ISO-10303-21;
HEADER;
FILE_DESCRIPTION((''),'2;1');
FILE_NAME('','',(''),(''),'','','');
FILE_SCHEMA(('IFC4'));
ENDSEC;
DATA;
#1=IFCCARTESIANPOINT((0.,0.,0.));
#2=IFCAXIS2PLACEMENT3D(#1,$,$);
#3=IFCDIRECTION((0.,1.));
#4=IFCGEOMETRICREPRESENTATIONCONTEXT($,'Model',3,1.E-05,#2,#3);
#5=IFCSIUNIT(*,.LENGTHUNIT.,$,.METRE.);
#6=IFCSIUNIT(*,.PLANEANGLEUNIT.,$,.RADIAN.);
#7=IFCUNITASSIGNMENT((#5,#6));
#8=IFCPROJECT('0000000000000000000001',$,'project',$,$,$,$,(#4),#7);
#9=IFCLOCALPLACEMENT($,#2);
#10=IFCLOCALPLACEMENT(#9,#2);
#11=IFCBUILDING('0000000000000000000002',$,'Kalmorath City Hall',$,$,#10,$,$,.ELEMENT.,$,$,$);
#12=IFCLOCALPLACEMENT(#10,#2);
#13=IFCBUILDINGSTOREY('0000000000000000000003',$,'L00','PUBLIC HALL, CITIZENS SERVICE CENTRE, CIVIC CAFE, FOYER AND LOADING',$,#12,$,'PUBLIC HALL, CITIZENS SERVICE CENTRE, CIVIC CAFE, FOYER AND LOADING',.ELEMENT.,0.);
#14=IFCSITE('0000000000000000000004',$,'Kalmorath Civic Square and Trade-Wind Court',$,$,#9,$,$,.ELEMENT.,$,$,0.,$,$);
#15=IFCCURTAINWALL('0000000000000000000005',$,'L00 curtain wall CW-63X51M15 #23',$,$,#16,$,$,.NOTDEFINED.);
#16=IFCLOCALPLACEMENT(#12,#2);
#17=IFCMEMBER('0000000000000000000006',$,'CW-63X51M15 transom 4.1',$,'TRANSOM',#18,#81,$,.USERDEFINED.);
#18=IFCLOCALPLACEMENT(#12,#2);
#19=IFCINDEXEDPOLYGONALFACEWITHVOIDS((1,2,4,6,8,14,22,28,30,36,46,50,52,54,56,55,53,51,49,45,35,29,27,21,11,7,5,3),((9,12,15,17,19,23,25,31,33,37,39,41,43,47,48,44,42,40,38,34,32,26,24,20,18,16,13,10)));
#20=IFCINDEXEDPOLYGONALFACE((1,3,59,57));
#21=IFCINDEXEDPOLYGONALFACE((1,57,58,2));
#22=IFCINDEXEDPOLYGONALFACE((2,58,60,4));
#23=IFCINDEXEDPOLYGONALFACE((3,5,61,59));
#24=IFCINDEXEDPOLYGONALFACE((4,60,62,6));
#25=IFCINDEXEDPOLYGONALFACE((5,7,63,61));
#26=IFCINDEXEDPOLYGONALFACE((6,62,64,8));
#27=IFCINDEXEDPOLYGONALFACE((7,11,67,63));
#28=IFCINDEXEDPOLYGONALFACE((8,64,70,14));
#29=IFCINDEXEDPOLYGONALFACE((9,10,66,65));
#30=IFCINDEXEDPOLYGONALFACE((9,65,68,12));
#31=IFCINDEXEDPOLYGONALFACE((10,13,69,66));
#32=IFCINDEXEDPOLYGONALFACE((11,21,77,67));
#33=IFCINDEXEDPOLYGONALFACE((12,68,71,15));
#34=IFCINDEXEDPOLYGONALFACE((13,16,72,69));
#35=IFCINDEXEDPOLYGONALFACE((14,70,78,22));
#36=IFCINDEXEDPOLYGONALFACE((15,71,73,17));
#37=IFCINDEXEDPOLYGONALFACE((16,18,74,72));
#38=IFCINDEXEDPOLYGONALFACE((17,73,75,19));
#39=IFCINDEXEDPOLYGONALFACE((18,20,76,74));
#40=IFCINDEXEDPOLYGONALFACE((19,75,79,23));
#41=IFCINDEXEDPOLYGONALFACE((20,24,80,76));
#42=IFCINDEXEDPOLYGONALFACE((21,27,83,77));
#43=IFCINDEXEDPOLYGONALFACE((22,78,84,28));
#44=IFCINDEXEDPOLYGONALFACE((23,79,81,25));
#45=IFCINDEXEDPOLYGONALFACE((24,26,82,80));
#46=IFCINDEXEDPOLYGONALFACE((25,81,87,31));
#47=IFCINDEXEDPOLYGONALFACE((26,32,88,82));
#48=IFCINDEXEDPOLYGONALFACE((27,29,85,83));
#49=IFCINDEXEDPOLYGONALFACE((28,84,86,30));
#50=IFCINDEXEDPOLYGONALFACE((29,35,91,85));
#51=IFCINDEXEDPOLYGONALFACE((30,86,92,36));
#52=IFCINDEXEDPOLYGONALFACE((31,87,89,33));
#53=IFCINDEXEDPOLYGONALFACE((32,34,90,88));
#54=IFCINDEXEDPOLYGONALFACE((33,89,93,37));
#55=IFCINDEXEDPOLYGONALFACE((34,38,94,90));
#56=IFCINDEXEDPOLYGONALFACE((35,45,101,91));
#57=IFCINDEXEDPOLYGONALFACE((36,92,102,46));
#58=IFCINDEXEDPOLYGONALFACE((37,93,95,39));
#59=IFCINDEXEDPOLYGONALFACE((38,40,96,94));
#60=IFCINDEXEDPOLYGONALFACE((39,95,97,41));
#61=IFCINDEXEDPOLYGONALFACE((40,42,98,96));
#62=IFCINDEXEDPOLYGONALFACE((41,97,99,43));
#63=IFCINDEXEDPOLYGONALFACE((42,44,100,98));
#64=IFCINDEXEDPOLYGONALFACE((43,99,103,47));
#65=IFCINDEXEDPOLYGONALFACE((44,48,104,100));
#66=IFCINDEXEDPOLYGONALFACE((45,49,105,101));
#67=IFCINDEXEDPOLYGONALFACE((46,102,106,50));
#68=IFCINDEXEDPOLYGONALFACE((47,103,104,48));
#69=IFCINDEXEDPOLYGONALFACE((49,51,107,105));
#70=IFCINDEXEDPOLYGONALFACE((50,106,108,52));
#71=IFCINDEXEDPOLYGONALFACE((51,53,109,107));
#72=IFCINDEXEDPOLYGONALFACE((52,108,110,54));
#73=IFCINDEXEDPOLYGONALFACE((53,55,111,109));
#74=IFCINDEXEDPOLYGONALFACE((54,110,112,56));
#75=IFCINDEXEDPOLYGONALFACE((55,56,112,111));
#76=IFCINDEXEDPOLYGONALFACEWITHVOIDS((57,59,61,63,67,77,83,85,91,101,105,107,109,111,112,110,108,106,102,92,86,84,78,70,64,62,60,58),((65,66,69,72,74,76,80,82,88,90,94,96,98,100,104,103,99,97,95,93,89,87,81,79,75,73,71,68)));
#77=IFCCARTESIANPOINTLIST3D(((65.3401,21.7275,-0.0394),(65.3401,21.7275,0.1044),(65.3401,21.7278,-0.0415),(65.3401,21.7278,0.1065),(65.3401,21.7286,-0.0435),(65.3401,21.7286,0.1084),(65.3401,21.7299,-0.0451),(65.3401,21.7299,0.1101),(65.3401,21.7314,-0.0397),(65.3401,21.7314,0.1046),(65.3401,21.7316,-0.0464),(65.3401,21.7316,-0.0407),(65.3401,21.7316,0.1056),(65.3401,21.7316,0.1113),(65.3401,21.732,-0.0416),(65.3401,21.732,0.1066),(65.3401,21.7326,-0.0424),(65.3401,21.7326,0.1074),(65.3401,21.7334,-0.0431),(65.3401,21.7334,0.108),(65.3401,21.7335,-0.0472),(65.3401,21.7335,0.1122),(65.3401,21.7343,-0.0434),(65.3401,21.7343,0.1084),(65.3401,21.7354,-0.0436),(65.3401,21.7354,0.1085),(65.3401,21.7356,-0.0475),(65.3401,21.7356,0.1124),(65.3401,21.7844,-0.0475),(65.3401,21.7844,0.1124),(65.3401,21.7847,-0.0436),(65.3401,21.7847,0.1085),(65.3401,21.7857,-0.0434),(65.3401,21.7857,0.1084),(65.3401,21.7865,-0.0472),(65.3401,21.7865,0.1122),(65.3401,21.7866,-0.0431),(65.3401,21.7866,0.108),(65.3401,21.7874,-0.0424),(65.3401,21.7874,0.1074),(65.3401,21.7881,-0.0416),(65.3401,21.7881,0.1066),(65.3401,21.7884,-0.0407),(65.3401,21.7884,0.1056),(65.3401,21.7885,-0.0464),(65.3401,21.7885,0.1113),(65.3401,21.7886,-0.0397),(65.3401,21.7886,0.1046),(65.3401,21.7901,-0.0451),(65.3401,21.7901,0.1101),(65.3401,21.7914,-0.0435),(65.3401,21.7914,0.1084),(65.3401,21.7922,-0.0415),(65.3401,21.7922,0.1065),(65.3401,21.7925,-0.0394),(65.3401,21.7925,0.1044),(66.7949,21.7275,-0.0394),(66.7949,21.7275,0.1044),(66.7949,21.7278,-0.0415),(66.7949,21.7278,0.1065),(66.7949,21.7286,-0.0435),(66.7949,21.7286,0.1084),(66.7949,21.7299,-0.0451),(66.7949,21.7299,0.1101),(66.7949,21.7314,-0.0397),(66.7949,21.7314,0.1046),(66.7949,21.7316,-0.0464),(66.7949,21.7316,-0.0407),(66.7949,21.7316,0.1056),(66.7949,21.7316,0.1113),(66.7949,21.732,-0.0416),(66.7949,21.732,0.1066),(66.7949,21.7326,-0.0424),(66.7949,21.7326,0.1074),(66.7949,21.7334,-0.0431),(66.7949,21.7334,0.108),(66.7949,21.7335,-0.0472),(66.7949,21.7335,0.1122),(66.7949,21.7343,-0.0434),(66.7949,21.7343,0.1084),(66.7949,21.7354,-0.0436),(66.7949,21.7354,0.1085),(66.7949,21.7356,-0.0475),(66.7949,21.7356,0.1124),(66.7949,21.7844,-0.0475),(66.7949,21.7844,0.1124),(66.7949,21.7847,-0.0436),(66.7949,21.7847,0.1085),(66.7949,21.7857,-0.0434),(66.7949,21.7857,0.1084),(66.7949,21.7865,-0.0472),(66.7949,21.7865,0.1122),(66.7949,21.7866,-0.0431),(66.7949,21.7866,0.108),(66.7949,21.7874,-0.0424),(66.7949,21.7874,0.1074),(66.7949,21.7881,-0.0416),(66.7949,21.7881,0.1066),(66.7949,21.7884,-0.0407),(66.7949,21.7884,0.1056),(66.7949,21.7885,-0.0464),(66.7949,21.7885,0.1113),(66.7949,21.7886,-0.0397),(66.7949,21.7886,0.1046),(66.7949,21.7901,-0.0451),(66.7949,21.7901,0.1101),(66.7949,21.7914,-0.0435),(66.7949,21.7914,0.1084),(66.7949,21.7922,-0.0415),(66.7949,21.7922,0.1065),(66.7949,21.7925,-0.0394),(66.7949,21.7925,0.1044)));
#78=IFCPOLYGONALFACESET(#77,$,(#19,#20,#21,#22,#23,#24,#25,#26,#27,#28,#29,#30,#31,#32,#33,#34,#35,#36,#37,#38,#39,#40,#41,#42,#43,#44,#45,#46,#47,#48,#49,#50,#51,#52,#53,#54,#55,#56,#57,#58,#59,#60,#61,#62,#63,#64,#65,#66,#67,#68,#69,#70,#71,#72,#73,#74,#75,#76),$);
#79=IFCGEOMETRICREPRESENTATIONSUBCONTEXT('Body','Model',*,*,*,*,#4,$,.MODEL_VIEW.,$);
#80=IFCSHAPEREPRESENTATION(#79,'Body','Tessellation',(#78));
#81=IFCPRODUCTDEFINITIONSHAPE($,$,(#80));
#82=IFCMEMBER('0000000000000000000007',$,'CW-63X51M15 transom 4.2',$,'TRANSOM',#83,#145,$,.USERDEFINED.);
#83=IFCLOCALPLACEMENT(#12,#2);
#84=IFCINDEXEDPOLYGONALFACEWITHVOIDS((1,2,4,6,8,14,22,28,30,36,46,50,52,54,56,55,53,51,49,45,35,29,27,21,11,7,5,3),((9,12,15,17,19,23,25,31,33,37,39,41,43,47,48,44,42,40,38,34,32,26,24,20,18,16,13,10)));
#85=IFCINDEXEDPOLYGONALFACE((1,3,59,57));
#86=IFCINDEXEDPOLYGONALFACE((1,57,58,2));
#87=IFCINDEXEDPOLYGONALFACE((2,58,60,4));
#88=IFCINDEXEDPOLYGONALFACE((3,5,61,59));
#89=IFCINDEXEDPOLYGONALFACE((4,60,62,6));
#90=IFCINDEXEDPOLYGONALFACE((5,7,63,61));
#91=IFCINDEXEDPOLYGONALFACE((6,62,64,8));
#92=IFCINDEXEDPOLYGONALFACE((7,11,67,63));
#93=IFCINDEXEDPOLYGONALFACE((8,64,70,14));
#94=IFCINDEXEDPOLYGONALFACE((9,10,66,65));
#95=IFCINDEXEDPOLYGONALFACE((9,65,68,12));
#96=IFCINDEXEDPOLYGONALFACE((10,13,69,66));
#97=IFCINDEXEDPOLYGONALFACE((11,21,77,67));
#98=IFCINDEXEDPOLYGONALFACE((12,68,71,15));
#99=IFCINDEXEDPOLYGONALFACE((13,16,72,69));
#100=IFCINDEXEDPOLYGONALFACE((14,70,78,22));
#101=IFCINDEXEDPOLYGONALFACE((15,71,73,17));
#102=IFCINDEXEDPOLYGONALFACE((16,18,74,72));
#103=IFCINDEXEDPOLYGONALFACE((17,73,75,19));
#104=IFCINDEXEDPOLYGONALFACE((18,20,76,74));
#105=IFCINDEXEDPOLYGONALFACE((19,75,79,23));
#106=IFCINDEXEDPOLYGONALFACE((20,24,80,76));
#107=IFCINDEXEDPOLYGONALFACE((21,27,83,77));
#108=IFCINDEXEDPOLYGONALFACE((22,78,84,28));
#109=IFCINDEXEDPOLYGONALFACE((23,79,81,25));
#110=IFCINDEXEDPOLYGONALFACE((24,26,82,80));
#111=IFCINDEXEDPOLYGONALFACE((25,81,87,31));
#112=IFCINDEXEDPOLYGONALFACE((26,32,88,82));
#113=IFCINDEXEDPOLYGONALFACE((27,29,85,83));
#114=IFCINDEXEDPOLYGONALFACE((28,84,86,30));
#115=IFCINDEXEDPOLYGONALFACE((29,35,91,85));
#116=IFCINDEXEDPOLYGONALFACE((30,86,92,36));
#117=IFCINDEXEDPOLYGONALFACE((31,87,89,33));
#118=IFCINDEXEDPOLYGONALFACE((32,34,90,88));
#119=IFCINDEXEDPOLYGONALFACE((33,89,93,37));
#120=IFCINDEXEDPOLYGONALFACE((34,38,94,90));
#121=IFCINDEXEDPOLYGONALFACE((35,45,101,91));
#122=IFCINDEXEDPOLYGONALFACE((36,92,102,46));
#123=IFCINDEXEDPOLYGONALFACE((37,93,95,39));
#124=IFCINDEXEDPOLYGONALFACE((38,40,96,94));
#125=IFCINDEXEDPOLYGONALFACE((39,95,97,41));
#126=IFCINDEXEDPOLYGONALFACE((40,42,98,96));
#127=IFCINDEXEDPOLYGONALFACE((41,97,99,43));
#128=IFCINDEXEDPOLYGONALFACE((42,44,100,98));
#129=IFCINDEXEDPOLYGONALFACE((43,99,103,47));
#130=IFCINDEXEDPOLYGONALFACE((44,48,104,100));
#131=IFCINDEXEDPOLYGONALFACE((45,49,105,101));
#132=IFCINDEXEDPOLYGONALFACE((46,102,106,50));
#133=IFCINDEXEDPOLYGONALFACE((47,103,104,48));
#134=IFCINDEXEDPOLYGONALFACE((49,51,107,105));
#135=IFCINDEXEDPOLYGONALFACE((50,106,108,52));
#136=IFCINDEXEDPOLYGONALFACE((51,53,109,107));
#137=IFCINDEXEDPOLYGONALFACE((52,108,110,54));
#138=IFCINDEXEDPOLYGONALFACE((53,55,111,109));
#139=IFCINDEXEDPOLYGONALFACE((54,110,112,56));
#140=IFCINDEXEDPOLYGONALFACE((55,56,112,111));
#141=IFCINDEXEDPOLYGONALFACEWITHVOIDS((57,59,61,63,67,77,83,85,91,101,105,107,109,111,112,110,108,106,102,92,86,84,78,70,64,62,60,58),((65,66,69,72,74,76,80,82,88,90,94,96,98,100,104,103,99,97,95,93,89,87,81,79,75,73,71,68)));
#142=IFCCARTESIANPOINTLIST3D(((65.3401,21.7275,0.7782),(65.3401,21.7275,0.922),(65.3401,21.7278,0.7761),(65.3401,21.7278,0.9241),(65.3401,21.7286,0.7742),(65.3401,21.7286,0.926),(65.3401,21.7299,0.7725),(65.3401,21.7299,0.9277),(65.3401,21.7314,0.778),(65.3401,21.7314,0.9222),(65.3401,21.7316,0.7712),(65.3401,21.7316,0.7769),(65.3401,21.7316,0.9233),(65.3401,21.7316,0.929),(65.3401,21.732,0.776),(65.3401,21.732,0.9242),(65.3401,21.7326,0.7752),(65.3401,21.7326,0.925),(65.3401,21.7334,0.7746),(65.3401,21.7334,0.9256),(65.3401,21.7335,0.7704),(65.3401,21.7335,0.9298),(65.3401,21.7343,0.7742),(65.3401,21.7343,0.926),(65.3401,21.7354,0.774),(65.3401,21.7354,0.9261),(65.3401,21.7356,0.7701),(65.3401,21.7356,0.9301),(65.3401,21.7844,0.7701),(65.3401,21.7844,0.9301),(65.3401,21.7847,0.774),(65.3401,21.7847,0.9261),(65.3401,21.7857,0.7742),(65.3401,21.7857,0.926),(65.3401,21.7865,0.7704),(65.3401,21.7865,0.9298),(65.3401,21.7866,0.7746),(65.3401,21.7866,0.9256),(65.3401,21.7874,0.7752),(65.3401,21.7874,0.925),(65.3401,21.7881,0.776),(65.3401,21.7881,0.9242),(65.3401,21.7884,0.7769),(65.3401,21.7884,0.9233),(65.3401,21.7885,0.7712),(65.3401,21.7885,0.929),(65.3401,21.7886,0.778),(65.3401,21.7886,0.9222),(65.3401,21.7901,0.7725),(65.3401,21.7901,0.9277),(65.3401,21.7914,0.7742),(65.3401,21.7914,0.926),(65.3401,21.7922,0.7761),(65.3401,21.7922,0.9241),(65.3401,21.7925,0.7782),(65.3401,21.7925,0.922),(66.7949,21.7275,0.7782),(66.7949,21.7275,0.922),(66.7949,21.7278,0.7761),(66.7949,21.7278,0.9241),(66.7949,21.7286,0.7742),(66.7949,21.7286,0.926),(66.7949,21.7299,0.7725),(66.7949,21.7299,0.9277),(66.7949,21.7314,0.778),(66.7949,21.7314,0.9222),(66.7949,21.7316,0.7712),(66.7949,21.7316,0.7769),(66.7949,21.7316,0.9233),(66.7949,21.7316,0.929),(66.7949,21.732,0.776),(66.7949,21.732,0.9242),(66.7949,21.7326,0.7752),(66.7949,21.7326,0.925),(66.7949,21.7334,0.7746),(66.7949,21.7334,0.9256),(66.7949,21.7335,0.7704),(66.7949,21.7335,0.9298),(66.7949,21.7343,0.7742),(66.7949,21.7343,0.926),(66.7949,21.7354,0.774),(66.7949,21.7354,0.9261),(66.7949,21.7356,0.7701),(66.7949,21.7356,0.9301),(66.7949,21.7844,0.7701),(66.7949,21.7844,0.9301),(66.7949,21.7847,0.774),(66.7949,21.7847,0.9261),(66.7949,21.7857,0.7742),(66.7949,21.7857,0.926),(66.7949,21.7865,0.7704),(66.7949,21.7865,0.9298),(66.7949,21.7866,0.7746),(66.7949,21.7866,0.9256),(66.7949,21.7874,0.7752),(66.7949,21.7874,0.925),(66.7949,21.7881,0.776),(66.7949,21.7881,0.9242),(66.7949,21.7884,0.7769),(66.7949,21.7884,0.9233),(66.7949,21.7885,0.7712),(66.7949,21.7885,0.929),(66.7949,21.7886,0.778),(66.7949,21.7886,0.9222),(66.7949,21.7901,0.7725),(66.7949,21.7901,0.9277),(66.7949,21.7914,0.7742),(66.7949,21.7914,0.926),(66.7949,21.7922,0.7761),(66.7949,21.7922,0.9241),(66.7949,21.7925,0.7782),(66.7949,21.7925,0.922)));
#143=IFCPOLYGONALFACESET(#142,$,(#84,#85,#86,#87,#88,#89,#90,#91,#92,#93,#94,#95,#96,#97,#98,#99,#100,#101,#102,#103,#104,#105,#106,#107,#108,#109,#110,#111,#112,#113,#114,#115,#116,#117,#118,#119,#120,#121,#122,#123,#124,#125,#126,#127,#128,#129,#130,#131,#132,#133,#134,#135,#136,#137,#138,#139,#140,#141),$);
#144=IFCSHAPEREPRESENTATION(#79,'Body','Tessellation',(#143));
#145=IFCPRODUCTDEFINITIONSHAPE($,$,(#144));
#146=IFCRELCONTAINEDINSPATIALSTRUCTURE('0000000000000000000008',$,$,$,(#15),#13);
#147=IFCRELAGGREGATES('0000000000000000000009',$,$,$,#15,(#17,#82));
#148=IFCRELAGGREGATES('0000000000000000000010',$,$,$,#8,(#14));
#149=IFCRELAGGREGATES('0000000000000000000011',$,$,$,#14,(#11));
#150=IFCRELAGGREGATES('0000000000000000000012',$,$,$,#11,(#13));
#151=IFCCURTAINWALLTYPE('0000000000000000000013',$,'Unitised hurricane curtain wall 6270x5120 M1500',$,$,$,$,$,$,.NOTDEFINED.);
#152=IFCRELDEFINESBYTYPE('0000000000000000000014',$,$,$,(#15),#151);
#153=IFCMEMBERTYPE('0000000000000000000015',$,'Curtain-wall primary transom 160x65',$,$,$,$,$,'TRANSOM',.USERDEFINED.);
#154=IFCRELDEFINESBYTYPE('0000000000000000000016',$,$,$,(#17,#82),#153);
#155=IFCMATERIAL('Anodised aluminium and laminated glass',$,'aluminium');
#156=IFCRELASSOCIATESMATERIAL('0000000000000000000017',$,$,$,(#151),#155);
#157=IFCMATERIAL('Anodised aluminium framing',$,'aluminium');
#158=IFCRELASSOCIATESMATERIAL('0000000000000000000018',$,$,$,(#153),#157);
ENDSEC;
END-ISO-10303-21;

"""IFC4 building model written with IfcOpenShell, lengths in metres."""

from ifc_helpers import new_model, si_unit, direction, frame, origin, origin_2d, place, context, subcontext, project, spatial, hollow_rectangle, extrude, material, material_profile, profile_set, type_object, element, aggregate, save


model = new_model("IFC4")

# Units and contexts
model_context = context("Model", 3, precision=1e-05, world=origin(), true_north=direction((0.0, 1.0)))
body_context = subcontext(model_context, "Body", "Model", "MODEL_VIEW")
ifc_project = project(units=[si_unit("LENGTHUNIT", "METRE"), si_unit("PLANEANGLEUNIT", "RADIAN")], contexts=[model_context])

# Site, building, storey
site_placement = place(None, origin())
site = spatial("IfcSite", under=ifc_project, at=site_placement, Name="Kalmorath Civic Square and Trade-Wind Court", CompositionType="ELEMENT", RefElevation=0.0)
building_placement = place(site_placement, origin())
building = spatial("IfcBuilding", under=site, at=building_placement, Name="Kalmorath City Hall", CompositionType="ELEMENT")
storey_placement = place(building_placement, origin())
storey = spatial("IfcBuildingStorey", under=building, at=storey_placement, Name="L00", Description="PUBLIC HALL, CITIZENS SERVICE CENTRE, CIVIC CAFE, FOYER AND LOADING", LongName="PUBLIC HALL, CITIZENS SERVICE CENTRE, CIVIC CAFE, FOYER AND LOADING", CompositionType="ELEMENT", Elevation=0.0)

# Curtain wall, members
ifc_material_1 = material(Name="Anodised aluminium and laminated glass", Category="aluminium")
curtain_wall_type = type_object("IfcCurtainWallType", Name="Unitised hurricane curtain wall 6270x5120 M1500", PredefinedType="NOTDEFINED", material=ifc_material_1)
curtain_wall_placement = place(storey_placement, origin())
curtain_wall = element("IfcCurtainWall", 1, at=curtain_wall_placement, inside=storey, type_object=curtain_wall_type, Name="L00 curtain wall CW-63X51M15 #23", PredefinedType="NOTDEFINED")
ifc_material_2 = material(Name="Anodised aluminium framing", Category="aluminium")
ifc_material_profile_1 = material_profile(ifc_material_2, hollow_rectangle(XDim=0.0649, YDim=0.1599, WallThickness=0.0039, InnerFilletRadius=0.0039, OuterFilletRadius=0.0081, at=origin_2d()), Name="ALU-TRN-160X65X4")
ifc_profile_set_1 = profile_set([ifc_material_profile_1], Name="Anodised aluminium framing")
member_type_1 = type_object("IfcMemberType", Name="Curtain-wall primary transom 160x65", ElementType="TRANSOM", PredefinedType="USERDEFINED", material=ifc_profile_set_1)
member_1_placement = place(storey_placement, frame((66.7949, 21.76, 0.0325), z_axis=(-1.0, 0.0, 0.0), x_axis=(0.0, -1.0, 0.0)))
member_1 = element("IfcMember", 2, at=member_1_placement, type_object=member_type_1, Name="CW-63X51M15 transom 4.1", ObjectType="TRANSOM", PredefinedType="USERDEFINED", context=body_context, shape_type="SweptSolid", body=[
    extrude(hollow_rectangle(XDim=0.0649, YDim=0.1599, WallThickness=0.0039, InnerFilletRadius=0.0039, OuterFilletRadius=0.0081, at=origin_2d()), origin(), (0.0, 0.0, 1.0), 1.4548),
])
member_2_placement = place(storey_placement, frame((66.7949, 21.76, 0.8501), z_axis=(-1.0, 0.0, 0.0), x_axis=(0.0, -1.0, 0.0)))
member_2 = element("IfcMember", 3, at=member_2_placement, type_object=member_type_1, Name="CW-63X51M15 transom 4.2", ObjectType="TRANSOM", PredefinedType="USERDEFINED", context=body_context, shape_type="SweptSolid", body=[
    extrude(hollow_rectangle(XDim=0.0649, YDim=0.1599, WallThickness=0.0039, InnerFilletRadius=0.0039, OuterFilletRadius=0.0081, at=origin_2d()), origin(), (0.0, 0.0, 1.0), 1.4548),
])

aggregate(curtain_wall, [member_1, member_2])

save(model, "model.ifc")
